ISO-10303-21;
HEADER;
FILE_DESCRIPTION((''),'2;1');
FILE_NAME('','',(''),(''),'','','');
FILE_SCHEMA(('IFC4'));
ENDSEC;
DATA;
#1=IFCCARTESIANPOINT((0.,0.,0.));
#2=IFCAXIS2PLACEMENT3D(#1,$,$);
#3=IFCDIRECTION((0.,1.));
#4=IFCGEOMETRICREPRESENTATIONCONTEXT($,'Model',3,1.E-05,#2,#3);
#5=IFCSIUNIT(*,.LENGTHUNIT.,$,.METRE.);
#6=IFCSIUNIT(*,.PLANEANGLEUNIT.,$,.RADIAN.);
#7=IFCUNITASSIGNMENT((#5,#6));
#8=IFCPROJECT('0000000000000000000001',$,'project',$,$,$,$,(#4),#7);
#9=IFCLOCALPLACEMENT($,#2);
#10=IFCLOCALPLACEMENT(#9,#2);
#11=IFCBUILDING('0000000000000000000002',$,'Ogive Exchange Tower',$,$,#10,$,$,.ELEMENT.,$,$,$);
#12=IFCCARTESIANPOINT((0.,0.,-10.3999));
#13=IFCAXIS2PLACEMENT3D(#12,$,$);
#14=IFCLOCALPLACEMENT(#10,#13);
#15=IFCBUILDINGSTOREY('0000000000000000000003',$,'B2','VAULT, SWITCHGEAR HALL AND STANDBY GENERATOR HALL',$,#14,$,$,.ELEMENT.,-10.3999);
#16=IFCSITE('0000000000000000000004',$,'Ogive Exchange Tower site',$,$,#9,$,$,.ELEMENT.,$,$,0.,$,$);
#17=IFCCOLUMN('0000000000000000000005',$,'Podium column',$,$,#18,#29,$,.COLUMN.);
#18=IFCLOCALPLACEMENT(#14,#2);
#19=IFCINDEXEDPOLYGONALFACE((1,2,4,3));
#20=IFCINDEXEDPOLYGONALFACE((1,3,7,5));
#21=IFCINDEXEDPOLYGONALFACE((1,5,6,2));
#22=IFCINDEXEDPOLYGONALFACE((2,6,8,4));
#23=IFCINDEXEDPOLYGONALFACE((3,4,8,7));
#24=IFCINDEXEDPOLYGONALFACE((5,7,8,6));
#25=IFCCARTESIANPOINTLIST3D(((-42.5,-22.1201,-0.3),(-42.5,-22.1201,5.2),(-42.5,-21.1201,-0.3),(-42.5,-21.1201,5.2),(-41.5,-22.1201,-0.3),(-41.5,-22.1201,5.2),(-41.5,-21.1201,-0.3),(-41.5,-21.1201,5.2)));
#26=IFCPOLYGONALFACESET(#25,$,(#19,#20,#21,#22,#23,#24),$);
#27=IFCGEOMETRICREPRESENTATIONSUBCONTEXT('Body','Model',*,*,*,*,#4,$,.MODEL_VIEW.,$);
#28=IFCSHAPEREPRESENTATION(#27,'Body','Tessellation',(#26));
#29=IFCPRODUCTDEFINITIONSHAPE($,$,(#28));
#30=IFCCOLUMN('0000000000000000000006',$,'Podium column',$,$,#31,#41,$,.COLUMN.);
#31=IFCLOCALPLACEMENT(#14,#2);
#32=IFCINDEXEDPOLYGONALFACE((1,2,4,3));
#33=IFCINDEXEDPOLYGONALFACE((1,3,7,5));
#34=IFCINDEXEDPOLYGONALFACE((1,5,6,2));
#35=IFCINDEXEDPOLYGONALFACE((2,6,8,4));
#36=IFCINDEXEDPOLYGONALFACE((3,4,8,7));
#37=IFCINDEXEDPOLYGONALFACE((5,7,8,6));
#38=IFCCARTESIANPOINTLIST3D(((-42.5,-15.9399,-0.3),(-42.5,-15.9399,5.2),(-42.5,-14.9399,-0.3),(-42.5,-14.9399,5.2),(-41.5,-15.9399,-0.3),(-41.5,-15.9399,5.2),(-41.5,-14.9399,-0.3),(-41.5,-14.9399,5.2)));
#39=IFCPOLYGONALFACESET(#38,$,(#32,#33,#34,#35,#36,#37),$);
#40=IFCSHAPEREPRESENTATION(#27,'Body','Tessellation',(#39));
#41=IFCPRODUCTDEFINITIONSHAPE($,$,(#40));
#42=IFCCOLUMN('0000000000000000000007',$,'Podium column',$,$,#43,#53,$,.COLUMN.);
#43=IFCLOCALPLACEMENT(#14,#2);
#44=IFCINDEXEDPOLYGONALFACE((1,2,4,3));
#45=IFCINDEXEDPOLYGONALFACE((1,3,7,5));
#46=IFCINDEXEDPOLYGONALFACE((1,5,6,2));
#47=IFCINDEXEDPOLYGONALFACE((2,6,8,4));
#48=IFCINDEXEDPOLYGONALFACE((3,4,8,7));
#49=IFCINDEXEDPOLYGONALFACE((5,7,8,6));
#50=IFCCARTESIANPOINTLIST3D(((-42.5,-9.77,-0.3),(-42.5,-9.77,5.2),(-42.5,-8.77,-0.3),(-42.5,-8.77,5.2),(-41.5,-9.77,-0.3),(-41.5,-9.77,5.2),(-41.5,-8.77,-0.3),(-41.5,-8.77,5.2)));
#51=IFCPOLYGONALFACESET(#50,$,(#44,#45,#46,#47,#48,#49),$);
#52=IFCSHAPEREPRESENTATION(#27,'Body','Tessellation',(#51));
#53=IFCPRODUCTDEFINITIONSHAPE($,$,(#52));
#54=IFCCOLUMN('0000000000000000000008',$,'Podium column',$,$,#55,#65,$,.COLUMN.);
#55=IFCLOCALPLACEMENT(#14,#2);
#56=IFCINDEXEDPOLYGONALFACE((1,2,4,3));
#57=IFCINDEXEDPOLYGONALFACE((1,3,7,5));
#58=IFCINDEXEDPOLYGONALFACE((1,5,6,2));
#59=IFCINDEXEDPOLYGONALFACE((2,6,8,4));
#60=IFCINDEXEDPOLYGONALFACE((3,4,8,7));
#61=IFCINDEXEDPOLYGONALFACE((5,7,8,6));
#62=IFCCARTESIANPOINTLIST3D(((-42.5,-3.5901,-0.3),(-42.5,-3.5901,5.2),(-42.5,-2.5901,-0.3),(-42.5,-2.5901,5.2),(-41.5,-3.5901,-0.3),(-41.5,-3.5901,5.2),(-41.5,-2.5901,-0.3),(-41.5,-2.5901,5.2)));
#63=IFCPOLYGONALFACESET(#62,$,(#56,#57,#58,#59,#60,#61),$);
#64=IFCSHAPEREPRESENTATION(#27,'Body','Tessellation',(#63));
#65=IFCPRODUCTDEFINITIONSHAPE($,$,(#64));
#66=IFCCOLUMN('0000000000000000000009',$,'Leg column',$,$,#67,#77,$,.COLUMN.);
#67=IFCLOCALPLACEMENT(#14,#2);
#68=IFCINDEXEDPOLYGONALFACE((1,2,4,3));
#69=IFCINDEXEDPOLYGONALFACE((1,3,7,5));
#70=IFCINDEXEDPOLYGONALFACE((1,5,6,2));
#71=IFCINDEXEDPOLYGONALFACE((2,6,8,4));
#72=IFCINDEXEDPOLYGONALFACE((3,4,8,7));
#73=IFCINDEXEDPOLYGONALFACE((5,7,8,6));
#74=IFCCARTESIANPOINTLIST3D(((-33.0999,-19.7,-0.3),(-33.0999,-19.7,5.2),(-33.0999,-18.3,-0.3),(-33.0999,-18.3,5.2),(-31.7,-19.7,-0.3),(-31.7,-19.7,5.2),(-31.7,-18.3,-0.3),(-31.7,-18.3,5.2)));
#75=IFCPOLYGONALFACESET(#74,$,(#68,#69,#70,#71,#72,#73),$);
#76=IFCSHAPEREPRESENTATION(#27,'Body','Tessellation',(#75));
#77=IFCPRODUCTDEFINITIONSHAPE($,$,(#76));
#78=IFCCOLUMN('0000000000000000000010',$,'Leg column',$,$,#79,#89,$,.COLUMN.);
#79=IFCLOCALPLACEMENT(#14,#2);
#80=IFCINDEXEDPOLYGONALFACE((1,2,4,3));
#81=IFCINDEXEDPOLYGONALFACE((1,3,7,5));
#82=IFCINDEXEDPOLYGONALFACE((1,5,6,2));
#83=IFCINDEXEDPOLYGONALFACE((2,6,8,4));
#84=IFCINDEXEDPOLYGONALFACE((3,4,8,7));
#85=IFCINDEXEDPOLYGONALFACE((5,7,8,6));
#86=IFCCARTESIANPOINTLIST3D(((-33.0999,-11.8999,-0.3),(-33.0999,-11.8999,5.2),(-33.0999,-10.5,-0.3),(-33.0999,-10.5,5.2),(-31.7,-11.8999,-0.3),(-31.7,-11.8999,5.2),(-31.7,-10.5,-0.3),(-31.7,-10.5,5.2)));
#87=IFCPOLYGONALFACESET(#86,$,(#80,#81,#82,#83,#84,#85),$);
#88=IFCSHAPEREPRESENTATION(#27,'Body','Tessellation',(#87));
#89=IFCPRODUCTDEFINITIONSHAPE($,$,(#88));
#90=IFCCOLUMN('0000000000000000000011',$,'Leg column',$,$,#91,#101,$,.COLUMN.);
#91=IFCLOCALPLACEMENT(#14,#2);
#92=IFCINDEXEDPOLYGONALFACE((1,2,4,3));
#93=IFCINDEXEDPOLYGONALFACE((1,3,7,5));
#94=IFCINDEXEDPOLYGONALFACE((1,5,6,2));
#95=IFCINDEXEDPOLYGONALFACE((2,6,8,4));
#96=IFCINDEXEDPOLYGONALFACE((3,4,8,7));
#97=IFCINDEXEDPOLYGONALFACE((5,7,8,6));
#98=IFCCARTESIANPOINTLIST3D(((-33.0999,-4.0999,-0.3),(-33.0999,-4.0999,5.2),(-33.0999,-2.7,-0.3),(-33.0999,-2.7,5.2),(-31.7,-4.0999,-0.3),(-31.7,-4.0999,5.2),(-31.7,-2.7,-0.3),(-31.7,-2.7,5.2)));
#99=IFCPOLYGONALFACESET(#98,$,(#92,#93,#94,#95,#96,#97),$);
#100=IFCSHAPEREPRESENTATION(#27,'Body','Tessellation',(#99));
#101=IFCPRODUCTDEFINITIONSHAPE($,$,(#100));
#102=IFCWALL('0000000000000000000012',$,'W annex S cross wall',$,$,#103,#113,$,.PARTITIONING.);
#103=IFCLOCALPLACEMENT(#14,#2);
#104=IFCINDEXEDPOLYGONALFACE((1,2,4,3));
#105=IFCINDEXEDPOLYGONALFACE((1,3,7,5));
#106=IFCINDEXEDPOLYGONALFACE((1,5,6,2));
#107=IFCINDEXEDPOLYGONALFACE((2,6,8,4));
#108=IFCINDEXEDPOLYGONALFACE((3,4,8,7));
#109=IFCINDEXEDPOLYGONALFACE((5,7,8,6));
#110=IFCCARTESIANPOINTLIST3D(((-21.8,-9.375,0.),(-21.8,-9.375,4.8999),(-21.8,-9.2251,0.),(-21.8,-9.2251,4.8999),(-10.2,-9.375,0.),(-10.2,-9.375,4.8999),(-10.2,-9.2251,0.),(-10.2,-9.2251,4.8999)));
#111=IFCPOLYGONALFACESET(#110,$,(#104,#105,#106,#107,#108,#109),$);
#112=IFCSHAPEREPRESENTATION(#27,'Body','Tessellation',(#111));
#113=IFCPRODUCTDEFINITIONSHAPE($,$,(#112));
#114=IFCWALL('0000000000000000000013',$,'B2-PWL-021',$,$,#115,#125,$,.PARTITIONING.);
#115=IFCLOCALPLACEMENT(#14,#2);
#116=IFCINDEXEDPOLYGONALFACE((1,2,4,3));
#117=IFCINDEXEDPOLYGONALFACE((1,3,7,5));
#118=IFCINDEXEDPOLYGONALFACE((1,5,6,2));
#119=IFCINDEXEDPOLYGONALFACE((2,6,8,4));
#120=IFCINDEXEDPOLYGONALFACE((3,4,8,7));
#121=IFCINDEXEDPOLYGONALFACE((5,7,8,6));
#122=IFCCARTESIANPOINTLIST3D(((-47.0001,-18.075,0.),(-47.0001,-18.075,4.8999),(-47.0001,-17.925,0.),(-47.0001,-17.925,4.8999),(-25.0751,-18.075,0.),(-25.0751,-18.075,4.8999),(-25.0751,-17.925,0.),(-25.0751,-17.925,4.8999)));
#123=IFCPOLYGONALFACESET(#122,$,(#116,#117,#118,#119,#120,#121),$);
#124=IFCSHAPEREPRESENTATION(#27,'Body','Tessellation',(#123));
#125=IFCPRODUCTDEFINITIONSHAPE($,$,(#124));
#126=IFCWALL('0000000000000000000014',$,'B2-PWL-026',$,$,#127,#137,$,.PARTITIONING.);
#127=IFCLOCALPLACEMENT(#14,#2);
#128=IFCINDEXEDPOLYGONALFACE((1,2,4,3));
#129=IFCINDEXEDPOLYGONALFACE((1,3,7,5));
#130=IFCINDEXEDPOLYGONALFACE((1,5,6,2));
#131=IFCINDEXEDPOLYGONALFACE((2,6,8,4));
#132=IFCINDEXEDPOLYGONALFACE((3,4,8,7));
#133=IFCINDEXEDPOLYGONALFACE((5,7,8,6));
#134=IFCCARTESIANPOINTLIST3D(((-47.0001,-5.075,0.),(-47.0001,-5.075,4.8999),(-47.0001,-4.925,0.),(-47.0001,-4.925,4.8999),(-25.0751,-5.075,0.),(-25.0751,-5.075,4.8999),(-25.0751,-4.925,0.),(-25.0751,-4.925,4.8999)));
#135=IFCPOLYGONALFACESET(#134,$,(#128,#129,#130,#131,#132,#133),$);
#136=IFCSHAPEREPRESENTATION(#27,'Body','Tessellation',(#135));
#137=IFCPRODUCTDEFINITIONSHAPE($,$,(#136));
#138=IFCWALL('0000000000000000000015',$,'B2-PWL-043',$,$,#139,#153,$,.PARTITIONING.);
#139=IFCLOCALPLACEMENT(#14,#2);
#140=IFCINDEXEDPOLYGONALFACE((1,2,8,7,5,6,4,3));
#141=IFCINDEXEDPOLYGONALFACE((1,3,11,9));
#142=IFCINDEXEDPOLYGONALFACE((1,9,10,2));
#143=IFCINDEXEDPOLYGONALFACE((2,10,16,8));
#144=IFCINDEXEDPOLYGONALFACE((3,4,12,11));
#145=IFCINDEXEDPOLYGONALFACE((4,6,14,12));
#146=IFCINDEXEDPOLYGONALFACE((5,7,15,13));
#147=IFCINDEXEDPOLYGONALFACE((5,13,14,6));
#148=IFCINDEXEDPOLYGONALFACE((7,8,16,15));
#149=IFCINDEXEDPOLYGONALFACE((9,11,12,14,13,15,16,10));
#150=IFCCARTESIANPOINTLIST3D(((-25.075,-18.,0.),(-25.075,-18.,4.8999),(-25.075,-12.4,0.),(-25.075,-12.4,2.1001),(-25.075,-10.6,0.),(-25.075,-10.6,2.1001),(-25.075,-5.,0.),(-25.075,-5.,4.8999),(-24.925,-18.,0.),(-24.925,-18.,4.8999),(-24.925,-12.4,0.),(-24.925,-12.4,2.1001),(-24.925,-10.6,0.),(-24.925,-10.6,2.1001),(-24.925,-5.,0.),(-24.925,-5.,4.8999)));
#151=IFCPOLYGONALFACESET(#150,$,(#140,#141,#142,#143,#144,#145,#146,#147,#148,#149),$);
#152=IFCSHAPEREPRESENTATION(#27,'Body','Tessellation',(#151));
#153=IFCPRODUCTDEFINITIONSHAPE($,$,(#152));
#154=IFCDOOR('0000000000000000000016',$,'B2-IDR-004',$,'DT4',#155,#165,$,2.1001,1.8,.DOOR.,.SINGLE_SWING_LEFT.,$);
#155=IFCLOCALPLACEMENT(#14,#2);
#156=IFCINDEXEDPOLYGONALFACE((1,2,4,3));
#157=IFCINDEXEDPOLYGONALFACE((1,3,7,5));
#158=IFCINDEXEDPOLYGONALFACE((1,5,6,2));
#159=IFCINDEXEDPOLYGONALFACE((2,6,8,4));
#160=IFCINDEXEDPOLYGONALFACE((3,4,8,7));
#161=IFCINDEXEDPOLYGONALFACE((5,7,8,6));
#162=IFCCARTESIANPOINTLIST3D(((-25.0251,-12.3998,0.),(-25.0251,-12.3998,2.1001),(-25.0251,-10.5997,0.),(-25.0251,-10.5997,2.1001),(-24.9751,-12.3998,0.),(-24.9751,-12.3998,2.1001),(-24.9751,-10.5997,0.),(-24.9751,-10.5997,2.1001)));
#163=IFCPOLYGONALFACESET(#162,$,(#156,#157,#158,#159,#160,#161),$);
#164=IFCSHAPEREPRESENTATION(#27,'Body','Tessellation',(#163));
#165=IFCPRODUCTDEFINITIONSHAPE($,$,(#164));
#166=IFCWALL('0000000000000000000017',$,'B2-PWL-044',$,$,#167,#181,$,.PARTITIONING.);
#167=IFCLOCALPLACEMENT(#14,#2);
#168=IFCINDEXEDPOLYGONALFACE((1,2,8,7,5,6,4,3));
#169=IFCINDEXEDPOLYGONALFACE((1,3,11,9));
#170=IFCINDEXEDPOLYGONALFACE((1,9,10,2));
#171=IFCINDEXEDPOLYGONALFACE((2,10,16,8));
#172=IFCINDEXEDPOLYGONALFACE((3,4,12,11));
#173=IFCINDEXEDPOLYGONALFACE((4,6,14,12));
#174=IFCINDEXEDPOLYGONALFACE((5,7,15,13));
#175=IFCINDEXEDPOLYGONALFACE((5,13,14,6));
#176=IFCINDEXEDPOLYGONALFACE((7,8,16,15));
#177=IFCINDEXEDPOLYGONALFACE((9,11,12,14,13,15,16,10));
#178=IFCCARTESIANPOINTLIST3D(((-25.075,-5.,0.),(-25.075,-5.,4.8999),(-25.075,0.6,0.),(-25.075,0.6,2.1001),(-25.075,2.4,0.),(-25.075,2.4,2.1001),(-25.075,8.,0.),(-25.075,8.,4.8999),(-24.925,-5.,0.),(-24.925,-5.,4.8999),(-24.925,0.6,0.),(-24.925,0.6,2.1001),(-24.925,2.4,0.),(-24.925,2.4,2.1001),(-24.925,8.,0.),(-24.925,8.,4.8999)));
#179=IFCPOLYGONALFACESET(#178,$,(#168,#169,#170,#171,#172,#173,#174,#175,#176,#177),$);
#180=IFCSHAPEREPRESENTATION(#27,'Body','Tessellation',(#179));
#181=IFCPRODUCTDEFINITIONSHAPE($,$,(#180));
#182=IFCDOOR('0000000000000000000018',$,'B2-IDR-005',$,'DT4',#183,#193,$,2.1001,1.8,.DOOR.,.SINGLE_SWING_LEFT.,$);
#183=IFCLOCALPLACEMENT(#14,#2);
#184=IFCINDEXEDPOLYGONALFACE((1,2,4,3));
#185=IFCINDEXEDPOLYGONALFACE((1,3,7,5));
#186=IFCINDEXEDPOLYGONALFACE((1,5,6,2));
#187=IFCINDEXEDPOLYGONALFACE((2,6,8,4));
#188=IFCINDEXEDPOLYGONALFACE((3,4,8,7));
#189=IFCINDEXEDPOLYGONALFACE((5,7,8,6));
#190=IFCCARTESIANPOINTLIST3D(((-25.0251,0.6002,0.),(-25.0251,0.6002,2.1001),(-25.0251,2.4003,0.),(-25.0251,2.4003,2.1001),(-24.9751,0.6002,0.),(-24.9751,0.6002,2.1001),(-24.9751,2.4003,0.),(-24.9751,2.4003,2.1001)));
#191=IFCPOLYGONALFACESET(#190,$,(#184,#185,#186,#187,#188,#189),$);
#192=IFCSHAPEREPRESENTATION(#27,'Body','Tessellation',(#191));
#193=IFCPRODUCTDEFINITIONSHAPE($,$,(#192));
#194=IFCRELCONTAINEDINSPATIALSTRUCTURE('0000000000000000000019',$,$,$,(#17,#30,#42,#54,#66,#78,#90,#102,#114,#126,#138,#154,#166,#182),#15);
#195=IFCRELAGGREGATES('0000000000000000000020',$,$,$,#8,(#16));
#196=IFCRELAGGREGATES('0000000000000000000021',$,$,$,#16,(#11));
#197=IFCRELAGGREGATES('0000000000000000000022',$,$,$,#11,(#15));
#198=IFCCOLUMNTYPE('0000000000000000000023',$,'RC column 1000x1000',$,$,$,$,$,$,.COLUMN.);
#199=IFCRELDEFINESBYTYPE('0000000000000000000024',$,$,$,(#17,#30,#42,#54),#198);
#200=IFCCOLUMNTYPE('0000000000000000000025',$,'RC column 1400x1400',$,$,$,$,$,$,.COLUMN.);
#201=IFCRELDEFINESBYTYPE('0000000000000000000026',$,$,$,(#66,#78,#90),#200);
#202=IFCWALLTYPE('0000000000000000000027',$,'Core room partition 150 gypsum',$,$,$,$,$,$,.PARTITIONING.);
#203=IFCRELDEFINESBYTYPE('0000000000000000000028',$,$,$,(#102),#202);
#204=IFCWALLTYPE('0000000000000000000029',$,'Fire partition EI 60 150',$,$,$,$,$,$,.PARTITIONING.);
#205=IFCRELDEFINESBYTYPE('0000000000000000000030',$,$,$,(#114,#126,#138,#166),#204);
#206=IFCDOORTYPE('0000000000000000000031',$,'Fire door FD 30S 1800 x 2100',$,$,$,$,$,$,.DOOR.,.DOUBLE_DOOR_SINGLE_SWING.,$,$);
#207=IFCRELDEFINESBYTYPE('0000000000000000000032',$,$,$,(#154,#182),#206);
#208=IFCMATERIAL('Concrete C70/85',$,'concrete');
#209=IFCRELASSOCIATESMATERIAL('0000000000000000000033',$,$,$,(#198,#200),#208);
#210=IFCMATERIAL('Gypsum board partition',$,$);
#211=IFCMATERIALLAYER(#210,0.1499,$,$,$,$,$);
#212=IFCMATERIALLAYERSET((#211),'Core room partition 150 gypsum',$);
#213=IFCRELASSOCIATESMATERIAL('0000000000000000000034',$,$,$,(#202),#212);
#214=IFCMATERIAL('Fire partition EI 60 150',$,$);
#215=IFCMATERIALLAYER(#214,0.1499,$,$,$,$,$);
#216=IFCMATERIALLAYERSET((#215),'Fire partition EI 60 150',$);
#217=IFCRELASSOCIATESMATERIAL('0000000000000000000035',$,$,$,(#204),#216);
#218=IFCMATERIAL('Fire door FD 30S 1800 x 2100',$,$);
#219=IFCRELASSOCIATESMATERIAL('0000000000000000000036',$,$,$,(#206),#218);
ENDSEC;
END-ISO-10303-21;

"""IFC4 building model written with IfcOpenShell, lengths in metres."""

from ifc_helpers import new_model, si_unit, direction, frame, frame_2d, origin, origin_2d, place, context, subcontext, project, spatial, rectangle, extrude, material, layer, layer_set, material_profile, profile_set, type_object, element, fill, save


model = new_model("IFC4")

# Units and contexts
model_context = context("Model", 3, precision=1e-05, world=origin(), true_north=direction((0.0, 1.0)))
body_context = subcontext(model_context, "Body", "Model", "MODEL_VIEW")
ifc_project = project(units=[si_unit("LENGTHUNIT", "METRE"), si_unit("PLANEANGLEUNIT", "RADIAN")], contexts=[model_context])

# Site, building, storey
site_placement = place(None, origin())
site = spatial("IfcSite", under=ifc_project, at=site_placement, Name="Ogive Exchange Tower site", CompositionType="ELEMENT", RefElevation=0.0)
building_placement = place(site_placement, origin())
building = spatial("IfcBuilding", under=site, at=building_placement, Name="Ogive Exchange Tower", CompositionType="ELEMENT")
storey_placement = place(building_placement, frame((0.0, 0.0, -10.3999)))
storey = spatial("IfcBuildingStorey", under=building, at=storey_placement, Name="B2", Description="VAULT, SWITCHGEAR HALL AND STANDBY GENERATOR HALL", CompositionType="ELEMENT", Elevation=-10.3999)

# Columns
ifc_material_1 = material(Name="Concrete C70/85", Category="concrete")
ifc_material_profile_1 = material_profile(ifc_material_1, rectangle(XDim=1.0, YDim=1.0, at=origin_2d()), Name="RC 1000x1000")
ifc_profile_set_1 = profile_set([ifc_material_profile_1], Name="Concrete C70/85")
column_type_1 = type_object("IfcColumnType", Name="RC column 1000x1000", PredefinedType="COLUMN", material=ifc_profile_set_1)
for number, where, z_axis, x_axis, name in (
    (1, (-42.0, -21.6201, -0.3), (0.0, 0.0, 1.0), (1.0, 0.0, 0.0), "Podium column"),
    (2, (-42.0, -15.4399, -0.3), (0.0, 0.0, 1.0), (1.0, 0.0, 0.0), "Podium column"),
    (3, (-42.0, -9.27, -0.3), (0.0, 0.0, 1.0), (1.0, 0.0, 0.0), "Podium column"),
    (4, (-42.0, -3.0901, -0.3), (0.0, 0.0, 1.0), (1.0, 0.0, 0.0), "Podium column"),
):
    element("IfcColumn", number, at=place(storey_placement, frame(where, z_axis=z_axis, x_axis=x_axis)), inside=storey, type_object=column_type_1, Name=name, PredefinedType="COLUMN", context=body_context, shape_type="SweptSolid", body=[
        extrude(rectangle(XDim=1.0, YDim=1.0, at=origin_2d()), origin(), (0.0, 0.0, 1.0), 5.5),
    ])
ifc_material_profile_2 = material_profile(ifc_material_1, rectangle(XDim=1.3999, YDim=1.3999, at=origin_2d()), Name="RC 1400x1400")
ifc_profile_set_2 = profile_set([ifc_material_profile_2], Name="Concrete C70/85")
column_type_2 = type_object("IfcColumnType", Name="RC column 1400x1400", PredefinedType="COLUMN", material=ifc_profile_set_2)
for number, where, z_axis, x_axis, name in (
    (5, (-32.3999, -19.0, -0.3), (0.0, 0.0, 1.0), (1.0, 0.0, 0.0), "Leg column"),
    (6, (-32.3999, -11.2, -0.3), (0.0, 0.0, 1.0), (1.0, 0.0, 0.0), "Leg column"),
    (7, (-32.3999, -3.3999, -0.3), (0.0, 0.0, 1.0), (1.0, 0.0, 0.0), "Leg column"),
):
    element("IfcColumn", number, at=place(storey_placement, frame(where, z_axis=z_axis, x_axis=x_axis)), inside=storey, type_object=column_type_2, Name=name, PredefinedType="COLUMN", context=body_context, shape_type="SweptSolid", body=[
        extrude(rectangle(XDim=1.3999, YDim=1.3999, at=origin_2d()), origin(), (0.0, 0.0, 1.0), 5.5),
    ])

# Walls
ifc_material_2 = material(Name="Gypsum board partition")
ifc_layer_1 = layer(ifc_material_2, 0.1499)
ifc_layer_set_1 = layer_set([ifc_layer_1], Name="Core room partition 150 gypsum")
wall_type_1 = type_object("IfcWallType", Name="Core room partition 150 gypsum", PredefinedType="PARTITIONING", material=ifc_layer_set_1)
wall_1_placement = place(storey_placement, frame((-21.8, -9.3, 0.0), z_axis=(0.0, 0.0, 1.0), x_axis=(1.0, 0.0, 0.0)))
element("IfcWall", 8, at=wall_1_placement, inside=storey, type_object=wall_type_1, Name="W annex S cross wall", PredefinedType="PARTITIONING", context=body_context, shape_type="SweptSolid", body=[
    extrude(rectangle(XDim=11.6001, YDim=0.1499, at=frame_2d((5.8, 0.0))), origin(), (0.0, 0.0, 1.0), 4.8999),
])
ifc_material_3 = material(Name="Fire partition EI 60 150")
ifc_layer_2 = layer(ifc_material_3, 0.1499)
ifc_layer_set_2 = layer_set([ifc_layer_2], Name="Fire partition EI 60 150")
wall_type_2 = type_object("IfcWallType", Name="Fire partition EI 60 150", PredefinedType="PARTITIONING", material=ifc_layer_set_2)
for number, where, z_axis, x_axis, name in (
    (9, (-47.0, -18.0, 0.0), (0.0, 0.0, 1.0), (1.0, 0.0, 0.0), "B2-PWL-021"),
    (10, (-47.0, -5.0, 0.0), (0.0, 0.0, 1.0), (1.0, 0.0, 0.0), "B2-PWL-026"),
):
    element("IfcWall", number, at=place(storey_placement, frame(where, z_axis=z_axis, x_axis=x_axis)), inside=storey, type_object=wall_type_2, Name=name, PredefinedType="PARTITIONING", context=body_context, shape_type="SweptSolid", body=[
        extrude(rectangle(XDim=21.925, YDim=0.1499, at=frame_2d((10.9624, 0.0))), origin(), (0.0, 0.0, 1.0), 4.8999),
    ])

# Walls, openings, doors
wall_2_placement = place(storey_placement, frame((-25.0, -18.0, 0.0), z_axis=(0.0, 0.0, 1.0), x_axis=(0.0, 1.0, 0.0)))
wall_2 = element("IfcWall", 11, at=wall_2_placement, inside=storey, type_object=wall_type_2, Name="B2-PWL-043", PredefinedType="PARTITIONING", context=body_context, shape_type="SweptSolid", body=[
    extrude(rectangle(XDim=13.0, YDim=0.1499, at=frame_2d((6.5, 0.0))), origin(), (0.0, 0.0, 1.0), 4.8999),
])
opening_1_placement = place(wall_2_placement, frame((5.6001, 0.0, 0.0)))
opening_1 = element("IfcOpeningElement", 12, at=opening_1_placement, cuts=wall_2, PredefinedType="OPENING", context=body_context, shape_type="SweptSolid", body=[
    extrude(rectangle(XDim=1.8, YDim=2.1001, at=frame_2d((0.8999, 1.05))), frame((0.0, 0.085, 0.0), z_axis=(0.0, -1.0, 0.0), x_axis=(1.0, 0.0, 0.0)), (0.0, 0.0, 1.0), 0.1699),
])
ifc_material_4 = material(Name="Fire door FD 30S 1800 x 2100")
door_type_1 = type_object("IfcDoorType", Name="Fire door FD 30S 1800 x 2100", OperationType="DOUBLE_DOOR_SINGLE_SWING", PredefinedType="DOOR", material=ifc_material_4)
door_1_placement = place(opening_1_placement, frame((1.8, 0.0, 0.0), z_axis=(0.0, 0.0, 1.0), x_axis=(-1.0, 0.0, 0.0)))
door_1 = element("IfcDoor", 13, at=door_1_placement, inside=storey, type_object=door_type_1, Name="B2-IDR-004", ObjectType="DT4", OperationType="SINGLE_SWING_LEFT", OverallHeight=2.1001, OverallWidth=1.8, PredefinedType="DOOR", context=body_context, shape_type="SweptSolid", body=[
    extrude(rectangle(XDim=1.8, YDim=2.1001, at=frame_2d((0.8999, 1.05))), frame((0.0, 0.0249, 0.0), z_axis=(0.0, -1.0, 0.0), x_axis=(1.0, 0.0, 0.0)), (0.0, 0.0, 1.0), 0.05),
])
fill(opening_1, door_1)
wall_3_placement = place(storey_placement, frame((-25.0, -5.0, 0.0), z_axis=(0.0, 0.0, 1.0), x_axis=(0.0, 1.0, 0.0)))
wall_3 = element("IfcWall", 14, at=wall_3_placement, inside=storey, type_object=wall_type_2, Name="B2-PWL-044", PredefinedType="PARTITIONING", context=body_context, shape_type="SweptSolid", body=[
    extrude(rectangle(XDim=13.0, YDim=0.1499, at=frame_2d((6.5, 0.0))), origin(), (0.0, 0.0, 1.0), 4.8999),
])
opening_2_placement = place(wall_3_placement, frame((5.6001, 0.0, 0.0)))
opening_2 = element("IfcOpeningElement", 15, at=opening_2_placement, cuts=wall_3, PredefinedType="OPENING", context=body_context, shape_type="SweptSolid", body=[
    extrude(rectangle(XDim=1.8, YDim=2.1001, at=frame_2d((0.8999, 1.05))), frame((0.0, 0.085, 0.0), z_axis=(0.0, -1.0, 0.0), x_axis=(1.0, 0.0, 0.0)), (0.0, 0.0, 1.0), 0.1699),
])
door_2_placement = place(opening_2_placement, frame((1.8, 0.0, 0.0), z_axis=(0.0, 0.0, 1.0), x_axis=(-1.0, 0.0, 0.0)))
door_2 = element("IfcDoor", 16, at=door_2_placement, inside=storey, type_object=door_type_1, Name="B2-IDR-005", ObjectType="DT4", OperationType="SINGLE_SWING_LEFT", OverallHeight=2.1001, OverallWidth=1.8, PredefinedType="DOOR", context=body_context, shape_type="SweptSolid", body=[
    extrude(rectangle(XDim=1.8, YDim=2.1001, at=frame_2d((0.8999, 1.05))), frame((0.0, 0.0249, 0.0), z_axis=(0.0, -1.0, 0.0), x_axis=(1.0, 0.0, 0.0)), (0.0, 0.0, 1.0), 0.05),
])
fill(opening_2, door_2)

save(model, "model.ifc")
